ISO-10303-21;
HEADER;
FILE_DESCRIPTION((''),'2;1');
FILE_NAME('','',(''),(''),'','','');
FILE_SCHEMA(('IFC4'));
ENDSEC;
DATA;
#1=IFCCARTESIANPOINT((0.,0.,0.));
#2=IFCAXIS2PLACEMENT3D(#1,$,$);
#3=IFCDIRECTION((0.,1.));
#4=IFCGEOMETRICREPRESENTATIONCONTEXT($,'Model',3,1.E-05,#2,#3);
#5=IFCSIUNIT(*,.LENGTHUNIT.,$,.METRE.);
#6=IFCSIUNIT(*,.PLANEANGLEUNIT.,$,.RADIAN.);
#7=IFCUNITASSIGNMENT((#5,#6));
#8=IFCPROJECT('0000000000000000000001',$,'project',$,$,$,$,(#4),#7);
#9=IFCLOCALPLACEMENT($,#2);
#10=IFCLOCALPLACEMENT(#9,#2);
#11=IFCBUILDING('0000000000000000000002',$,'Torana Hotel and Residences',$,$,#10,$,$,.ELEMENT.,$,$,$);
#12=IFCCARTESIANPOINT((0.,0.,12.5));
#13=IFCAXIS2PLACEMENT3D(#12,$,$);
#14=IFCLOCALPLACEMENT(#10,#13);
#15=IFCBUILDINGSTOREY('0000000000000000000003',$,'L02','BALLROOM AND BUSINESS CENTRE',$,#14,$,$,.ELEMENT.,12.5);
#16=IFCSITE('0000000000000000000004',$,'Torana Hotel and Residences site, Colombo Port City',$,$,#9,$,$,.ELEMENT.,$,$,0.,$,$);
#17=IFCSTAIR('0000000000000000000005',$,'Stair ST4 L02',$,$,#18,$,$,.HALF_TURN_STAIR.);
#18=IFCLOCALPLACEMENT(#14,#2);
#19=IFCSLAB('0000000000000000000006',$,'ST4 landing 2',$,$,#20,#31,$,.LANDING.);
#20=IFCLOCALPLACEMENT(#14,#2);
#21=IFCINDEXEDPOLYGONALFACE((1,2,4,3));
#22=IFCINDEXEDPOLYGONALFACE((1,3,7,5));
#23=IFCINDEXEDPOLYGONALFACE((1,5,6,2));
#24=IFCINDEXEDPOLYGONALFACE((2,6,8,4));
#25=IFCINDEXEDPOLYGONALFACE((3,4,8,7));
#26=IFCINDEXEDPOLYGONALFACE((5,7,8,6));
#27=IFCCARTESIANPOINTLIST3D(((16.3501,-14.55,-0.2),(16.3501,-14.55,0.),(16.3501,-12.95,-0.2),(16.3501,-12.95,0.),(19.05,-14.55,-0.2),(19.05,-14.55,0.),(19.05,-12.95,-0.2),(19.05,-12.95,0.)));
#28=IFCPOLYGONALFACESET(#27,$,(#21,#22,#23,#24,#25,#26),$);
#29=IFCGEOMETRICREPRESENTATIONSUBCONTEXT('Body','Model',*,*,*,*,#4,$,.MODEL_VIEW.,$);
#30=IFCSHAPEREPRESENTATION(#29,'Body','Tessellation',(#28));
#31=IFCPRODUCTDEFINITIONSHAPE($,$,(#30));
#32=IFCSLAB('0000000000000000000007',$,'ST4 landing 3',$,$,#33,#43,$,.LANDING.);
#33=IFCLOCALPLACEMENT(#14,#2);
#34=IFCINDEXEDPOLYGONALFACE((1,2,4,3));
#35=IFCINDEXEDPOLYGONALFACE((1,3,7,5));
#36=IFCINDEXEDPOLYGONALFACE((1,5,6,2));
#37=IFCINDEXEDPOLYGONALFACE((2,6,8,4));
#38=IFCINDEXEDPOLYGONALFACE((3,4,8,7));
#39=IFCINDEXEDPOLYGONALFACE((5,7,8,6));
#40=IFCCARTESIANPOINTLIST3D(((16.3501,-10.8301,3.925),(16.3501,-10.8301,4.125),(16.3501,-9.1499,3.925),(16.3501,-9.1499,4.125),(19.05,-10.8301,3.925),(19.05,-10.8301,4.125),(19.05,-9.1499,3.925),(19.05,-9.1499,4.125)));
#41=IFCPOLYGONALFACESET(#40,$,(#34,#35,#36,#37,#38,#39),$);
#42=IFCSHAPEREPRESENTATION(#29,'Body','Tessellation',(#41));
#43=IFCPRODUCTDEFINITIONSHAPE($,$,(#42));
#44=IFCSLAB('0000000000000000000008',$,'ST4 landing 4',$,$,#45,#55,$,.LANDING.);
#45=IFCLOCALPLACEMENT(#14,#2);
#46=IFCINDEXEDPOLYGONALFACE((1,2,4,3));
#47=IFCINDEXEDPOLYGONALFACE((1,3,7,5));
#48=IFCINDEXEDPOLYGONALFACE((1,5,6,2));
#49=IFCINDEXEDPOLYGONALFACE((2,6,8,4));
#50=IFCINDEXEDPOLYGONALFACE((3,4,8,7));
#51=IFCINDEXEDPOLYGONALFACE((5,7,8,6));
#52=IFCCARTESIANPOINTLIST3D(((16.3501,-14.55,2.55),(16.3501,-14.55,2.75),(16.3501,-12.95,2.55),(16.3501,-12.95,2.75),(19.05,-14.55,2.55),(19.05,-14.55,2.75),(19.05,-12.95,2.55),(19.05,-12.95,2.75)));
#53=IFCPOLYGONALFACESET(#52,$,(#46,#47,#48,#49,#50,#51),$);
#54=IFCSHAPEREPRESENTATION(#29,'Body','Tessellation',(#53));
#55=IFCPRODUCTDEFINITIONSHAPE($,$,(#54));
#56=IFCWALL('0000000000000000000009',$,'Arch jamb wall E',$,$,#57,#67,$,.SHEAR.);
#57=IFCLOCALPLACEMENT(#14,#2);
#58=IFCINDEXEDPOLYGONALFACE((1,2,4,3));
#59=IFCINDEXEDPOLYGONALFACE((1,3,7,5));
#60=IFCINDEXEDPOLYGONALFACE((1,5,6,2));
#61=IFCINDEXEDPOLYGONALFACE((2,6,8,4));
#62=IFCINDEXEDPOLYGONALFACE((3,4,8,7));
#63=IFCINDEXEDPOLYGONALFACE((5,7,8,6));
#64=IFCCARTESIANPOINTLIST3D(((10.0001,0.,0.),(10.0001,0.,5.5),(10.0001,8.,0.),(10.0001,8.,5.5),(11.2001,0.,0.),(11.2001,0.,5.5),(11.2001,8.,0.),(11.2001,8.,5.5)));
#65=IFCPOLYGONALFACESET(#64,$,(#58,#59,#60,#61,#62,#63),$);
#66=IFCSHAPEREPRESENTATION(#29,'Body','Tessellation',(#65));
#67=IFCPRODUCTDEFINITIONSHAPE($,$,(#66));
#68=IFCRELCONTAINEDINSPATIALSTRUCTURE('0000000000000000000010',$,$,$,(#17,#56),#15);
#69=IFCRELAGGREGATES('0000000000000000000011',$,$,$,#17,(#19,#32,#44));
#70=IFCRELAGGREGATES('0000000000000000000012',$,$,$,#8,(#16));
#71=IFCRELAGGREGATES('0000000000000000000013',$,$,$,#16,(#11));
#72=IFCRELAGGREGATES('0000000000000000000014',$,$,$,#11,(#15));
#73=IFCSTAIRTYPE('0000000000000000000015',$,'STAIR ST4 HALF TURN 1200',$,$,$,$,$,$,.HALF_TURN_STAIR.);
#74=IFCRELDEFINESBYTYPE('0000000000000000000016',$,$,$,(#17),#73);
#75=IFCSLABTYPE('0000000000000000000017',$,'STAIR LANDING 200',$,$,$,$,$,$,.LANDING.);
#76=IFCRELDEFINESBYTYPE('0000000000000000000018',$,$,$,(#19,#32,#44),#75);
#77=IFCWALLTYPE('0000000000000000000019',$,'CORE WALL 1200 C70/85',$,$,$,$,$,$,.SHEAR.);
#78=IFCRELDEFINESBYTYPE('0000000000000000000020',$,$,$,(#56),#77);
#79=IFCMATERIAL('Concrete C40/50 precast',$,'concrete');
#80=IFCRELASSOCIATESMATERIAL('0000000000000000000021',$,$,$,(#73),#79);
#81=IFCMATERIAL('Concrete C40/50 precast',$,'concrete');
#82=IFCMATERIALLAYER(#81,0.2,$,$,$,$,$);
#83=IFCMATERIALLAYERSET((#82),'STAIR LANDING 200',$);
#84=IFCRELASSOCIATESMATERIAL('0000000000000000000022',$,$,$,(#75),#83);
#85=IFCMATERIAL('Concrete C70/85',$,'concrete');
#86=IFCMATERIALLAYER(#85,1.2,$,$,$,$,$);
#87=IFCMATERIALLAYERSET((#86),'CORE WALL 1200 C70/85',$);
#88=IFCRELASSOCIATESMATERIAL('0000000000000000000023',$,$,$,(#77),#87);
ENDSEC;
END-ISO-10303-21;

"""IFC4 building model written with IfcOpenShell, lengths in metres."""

from ifc_helpers import new_model, si_unit, direction, frame, frame_2d, origin, place, context, subcontext, project, spatial, polyline, rectangle, outline, extrude, material, layer, layer_set, type_object, element, aggregate, save


model = new_model("IFC4")

# Units and contexts
model_context = context("Model", 3, precision=1e-05, world=origin(), true_north=direction((0.0, 1.0)))
body_context = subcontext(model_context, "Body", "Model", "MODEL_VIEW")
ifc_project = project(units=[si_unit("LENGTHUNIT", "METRE"), si_unit("PLANEANGLEUNIT", "RADIAN")], contexts=[model_context])

# Site, building, storey
site_placement = place(None, origin())
site = spatial("IfcSite", under=ifc_project, at=site_placement, Name="Torana Hotel and Residences site, Colombo Port City", CompositionType="ELEMENT", RefElevation=0.0)
building_placement = place(site_placement, origin())
building = spatial("IfcBuilding", under=site, at=building_placement, Name="Torana Hotel and Residences", CompositionType="ELEMENT")
storey_placement = place(building_placement, frame((0.0, 0.0, 12.5)))
storey = spatial("IfcBuildingStorey", under=building, at=storey_placement, Name="L02", Description="BALLROOM AND BUSINESS CENTRE", CompositionType="ELEMENT", Elevation=12.5)

# Stair, slabs
ifc_material_1 = material(Name="Concrete C40/50 precast", Category="concrete")
stair_type = type_object("IfcStairType", Name="STAIR ST4 HALF TURN 1200", PredefinedType="HALF_TURN_STAIR", material=ifc_material_1)
stair_placement = place(storey_placement, origin())
stair = element("IfcStair", 1, at=stair_placement, inside=storey, type_object=stair_type, Name="Stair ST4 L02", PredefinedType="HALF_TURN_STAIR")
ifc_material_2 = material(Name="Concrete C40/50 precast", Category="concrete")
ifc_layer_1 = layer(ifc_material_2, 0.2)
ifc_layer_set_1 = layer_set([ifc_layer_1], Name="STAIR LANDING 200")
slab_type = type_object("IfcSlabType", Name="STAIR LANDING 200", PredefinedType="LANDING", material=ifc_layer_set_1)
slab_1_placement = place(storey_placement, frame((0.0, 0.0, -0.2)))
slab_1 = element("IfcSlab", 2, at=slab_1_placement, type_object=slab_type, Name="ST4 landing 2", PredefinedType="LANDING", context=body_context, shape_type="SweptSolid", body=[
    extrude(outline(polyline([(16.3501, -14.55), (19.05, -14.55), (19.05, -12.95), (16.3501, -12.95), (16.3501, -14.55)])), origin(), (0.0, 0.0, 1.0), 0.2),
])
slab_2_placement = place(storey_placement, frame((0.0, 0.0, 3.925)))
slab_2 = element("IfcSlab", 3, at=slab_2_placement, type_object=slab_type, Name="ST4 landing 3", PredefinedType="LANDING", context=body_context, shape_type="SweptSolid", body=[
    extrude(outline(polyline([(16.3501, -10.8301), (19.05, -10.8301), (19.05, -9.1499), (16.3501, -9.1499), (16.3501, -10.8301)])), origin(), (0.0, 0.0, 1.0), 0.2),
])
slab_3_placement = place(storey_placement, frame((0.0, 0.0, 2.55)))
slab_3 = element("IfcSlab", 4, at=slab_3_placement, type_object=slab_type, Name="ST4 landing 4", PredefinedType="LANDING", context=body_context, shape_type="SweptSolid", body=[
    extrude(outline(polyline([(16.3501, -14.55), (19.05, -14.55), (19.05, -12.95), (16.3501, -12.95), (16.3501, -14.55)])), origin(), (0.0, 0.0, 1.0), 0.2),
])
aggregate(stair, [slab_1, slab_2, slab_3])

# Wall
ifc_material_3 = material(Name="Concrete C70/85", Category="concrete")
ifc_layer_2 = layer(ifc_material_3, 1.2)
ifc_layer_set_2 = layer_set([ifc_layer_2], Name="CORE WALL 1200 C70/85")
wall_type = type_object("IfcWallType", Name="CORE WALL 1200 C70/85", PredefinedType="SHEAR", material=ifc_layer_set_2)
wall_placement = place(storey_placement, frame((10.6001, 0.0, 0.0), z_axis=(0.0, 0.0, 1.0), x_axis=(0.0, 1.0, 0.0)))
element("IfcWall", 5, at=wall_placement, inside=storey, type_object=wall_type, Name="Arch jamb wall E", PredefinedType="SHEAR", context=body_context, shape_type="SweptSolid", body=[
    extrude(rectangle(XDim=8.0, YDim=1.2, at=frame_2d((4.0, 0.0))), origin(), (0.0, 0.0, 1.0), 5.5),
])

save(model, "model.ifc")
